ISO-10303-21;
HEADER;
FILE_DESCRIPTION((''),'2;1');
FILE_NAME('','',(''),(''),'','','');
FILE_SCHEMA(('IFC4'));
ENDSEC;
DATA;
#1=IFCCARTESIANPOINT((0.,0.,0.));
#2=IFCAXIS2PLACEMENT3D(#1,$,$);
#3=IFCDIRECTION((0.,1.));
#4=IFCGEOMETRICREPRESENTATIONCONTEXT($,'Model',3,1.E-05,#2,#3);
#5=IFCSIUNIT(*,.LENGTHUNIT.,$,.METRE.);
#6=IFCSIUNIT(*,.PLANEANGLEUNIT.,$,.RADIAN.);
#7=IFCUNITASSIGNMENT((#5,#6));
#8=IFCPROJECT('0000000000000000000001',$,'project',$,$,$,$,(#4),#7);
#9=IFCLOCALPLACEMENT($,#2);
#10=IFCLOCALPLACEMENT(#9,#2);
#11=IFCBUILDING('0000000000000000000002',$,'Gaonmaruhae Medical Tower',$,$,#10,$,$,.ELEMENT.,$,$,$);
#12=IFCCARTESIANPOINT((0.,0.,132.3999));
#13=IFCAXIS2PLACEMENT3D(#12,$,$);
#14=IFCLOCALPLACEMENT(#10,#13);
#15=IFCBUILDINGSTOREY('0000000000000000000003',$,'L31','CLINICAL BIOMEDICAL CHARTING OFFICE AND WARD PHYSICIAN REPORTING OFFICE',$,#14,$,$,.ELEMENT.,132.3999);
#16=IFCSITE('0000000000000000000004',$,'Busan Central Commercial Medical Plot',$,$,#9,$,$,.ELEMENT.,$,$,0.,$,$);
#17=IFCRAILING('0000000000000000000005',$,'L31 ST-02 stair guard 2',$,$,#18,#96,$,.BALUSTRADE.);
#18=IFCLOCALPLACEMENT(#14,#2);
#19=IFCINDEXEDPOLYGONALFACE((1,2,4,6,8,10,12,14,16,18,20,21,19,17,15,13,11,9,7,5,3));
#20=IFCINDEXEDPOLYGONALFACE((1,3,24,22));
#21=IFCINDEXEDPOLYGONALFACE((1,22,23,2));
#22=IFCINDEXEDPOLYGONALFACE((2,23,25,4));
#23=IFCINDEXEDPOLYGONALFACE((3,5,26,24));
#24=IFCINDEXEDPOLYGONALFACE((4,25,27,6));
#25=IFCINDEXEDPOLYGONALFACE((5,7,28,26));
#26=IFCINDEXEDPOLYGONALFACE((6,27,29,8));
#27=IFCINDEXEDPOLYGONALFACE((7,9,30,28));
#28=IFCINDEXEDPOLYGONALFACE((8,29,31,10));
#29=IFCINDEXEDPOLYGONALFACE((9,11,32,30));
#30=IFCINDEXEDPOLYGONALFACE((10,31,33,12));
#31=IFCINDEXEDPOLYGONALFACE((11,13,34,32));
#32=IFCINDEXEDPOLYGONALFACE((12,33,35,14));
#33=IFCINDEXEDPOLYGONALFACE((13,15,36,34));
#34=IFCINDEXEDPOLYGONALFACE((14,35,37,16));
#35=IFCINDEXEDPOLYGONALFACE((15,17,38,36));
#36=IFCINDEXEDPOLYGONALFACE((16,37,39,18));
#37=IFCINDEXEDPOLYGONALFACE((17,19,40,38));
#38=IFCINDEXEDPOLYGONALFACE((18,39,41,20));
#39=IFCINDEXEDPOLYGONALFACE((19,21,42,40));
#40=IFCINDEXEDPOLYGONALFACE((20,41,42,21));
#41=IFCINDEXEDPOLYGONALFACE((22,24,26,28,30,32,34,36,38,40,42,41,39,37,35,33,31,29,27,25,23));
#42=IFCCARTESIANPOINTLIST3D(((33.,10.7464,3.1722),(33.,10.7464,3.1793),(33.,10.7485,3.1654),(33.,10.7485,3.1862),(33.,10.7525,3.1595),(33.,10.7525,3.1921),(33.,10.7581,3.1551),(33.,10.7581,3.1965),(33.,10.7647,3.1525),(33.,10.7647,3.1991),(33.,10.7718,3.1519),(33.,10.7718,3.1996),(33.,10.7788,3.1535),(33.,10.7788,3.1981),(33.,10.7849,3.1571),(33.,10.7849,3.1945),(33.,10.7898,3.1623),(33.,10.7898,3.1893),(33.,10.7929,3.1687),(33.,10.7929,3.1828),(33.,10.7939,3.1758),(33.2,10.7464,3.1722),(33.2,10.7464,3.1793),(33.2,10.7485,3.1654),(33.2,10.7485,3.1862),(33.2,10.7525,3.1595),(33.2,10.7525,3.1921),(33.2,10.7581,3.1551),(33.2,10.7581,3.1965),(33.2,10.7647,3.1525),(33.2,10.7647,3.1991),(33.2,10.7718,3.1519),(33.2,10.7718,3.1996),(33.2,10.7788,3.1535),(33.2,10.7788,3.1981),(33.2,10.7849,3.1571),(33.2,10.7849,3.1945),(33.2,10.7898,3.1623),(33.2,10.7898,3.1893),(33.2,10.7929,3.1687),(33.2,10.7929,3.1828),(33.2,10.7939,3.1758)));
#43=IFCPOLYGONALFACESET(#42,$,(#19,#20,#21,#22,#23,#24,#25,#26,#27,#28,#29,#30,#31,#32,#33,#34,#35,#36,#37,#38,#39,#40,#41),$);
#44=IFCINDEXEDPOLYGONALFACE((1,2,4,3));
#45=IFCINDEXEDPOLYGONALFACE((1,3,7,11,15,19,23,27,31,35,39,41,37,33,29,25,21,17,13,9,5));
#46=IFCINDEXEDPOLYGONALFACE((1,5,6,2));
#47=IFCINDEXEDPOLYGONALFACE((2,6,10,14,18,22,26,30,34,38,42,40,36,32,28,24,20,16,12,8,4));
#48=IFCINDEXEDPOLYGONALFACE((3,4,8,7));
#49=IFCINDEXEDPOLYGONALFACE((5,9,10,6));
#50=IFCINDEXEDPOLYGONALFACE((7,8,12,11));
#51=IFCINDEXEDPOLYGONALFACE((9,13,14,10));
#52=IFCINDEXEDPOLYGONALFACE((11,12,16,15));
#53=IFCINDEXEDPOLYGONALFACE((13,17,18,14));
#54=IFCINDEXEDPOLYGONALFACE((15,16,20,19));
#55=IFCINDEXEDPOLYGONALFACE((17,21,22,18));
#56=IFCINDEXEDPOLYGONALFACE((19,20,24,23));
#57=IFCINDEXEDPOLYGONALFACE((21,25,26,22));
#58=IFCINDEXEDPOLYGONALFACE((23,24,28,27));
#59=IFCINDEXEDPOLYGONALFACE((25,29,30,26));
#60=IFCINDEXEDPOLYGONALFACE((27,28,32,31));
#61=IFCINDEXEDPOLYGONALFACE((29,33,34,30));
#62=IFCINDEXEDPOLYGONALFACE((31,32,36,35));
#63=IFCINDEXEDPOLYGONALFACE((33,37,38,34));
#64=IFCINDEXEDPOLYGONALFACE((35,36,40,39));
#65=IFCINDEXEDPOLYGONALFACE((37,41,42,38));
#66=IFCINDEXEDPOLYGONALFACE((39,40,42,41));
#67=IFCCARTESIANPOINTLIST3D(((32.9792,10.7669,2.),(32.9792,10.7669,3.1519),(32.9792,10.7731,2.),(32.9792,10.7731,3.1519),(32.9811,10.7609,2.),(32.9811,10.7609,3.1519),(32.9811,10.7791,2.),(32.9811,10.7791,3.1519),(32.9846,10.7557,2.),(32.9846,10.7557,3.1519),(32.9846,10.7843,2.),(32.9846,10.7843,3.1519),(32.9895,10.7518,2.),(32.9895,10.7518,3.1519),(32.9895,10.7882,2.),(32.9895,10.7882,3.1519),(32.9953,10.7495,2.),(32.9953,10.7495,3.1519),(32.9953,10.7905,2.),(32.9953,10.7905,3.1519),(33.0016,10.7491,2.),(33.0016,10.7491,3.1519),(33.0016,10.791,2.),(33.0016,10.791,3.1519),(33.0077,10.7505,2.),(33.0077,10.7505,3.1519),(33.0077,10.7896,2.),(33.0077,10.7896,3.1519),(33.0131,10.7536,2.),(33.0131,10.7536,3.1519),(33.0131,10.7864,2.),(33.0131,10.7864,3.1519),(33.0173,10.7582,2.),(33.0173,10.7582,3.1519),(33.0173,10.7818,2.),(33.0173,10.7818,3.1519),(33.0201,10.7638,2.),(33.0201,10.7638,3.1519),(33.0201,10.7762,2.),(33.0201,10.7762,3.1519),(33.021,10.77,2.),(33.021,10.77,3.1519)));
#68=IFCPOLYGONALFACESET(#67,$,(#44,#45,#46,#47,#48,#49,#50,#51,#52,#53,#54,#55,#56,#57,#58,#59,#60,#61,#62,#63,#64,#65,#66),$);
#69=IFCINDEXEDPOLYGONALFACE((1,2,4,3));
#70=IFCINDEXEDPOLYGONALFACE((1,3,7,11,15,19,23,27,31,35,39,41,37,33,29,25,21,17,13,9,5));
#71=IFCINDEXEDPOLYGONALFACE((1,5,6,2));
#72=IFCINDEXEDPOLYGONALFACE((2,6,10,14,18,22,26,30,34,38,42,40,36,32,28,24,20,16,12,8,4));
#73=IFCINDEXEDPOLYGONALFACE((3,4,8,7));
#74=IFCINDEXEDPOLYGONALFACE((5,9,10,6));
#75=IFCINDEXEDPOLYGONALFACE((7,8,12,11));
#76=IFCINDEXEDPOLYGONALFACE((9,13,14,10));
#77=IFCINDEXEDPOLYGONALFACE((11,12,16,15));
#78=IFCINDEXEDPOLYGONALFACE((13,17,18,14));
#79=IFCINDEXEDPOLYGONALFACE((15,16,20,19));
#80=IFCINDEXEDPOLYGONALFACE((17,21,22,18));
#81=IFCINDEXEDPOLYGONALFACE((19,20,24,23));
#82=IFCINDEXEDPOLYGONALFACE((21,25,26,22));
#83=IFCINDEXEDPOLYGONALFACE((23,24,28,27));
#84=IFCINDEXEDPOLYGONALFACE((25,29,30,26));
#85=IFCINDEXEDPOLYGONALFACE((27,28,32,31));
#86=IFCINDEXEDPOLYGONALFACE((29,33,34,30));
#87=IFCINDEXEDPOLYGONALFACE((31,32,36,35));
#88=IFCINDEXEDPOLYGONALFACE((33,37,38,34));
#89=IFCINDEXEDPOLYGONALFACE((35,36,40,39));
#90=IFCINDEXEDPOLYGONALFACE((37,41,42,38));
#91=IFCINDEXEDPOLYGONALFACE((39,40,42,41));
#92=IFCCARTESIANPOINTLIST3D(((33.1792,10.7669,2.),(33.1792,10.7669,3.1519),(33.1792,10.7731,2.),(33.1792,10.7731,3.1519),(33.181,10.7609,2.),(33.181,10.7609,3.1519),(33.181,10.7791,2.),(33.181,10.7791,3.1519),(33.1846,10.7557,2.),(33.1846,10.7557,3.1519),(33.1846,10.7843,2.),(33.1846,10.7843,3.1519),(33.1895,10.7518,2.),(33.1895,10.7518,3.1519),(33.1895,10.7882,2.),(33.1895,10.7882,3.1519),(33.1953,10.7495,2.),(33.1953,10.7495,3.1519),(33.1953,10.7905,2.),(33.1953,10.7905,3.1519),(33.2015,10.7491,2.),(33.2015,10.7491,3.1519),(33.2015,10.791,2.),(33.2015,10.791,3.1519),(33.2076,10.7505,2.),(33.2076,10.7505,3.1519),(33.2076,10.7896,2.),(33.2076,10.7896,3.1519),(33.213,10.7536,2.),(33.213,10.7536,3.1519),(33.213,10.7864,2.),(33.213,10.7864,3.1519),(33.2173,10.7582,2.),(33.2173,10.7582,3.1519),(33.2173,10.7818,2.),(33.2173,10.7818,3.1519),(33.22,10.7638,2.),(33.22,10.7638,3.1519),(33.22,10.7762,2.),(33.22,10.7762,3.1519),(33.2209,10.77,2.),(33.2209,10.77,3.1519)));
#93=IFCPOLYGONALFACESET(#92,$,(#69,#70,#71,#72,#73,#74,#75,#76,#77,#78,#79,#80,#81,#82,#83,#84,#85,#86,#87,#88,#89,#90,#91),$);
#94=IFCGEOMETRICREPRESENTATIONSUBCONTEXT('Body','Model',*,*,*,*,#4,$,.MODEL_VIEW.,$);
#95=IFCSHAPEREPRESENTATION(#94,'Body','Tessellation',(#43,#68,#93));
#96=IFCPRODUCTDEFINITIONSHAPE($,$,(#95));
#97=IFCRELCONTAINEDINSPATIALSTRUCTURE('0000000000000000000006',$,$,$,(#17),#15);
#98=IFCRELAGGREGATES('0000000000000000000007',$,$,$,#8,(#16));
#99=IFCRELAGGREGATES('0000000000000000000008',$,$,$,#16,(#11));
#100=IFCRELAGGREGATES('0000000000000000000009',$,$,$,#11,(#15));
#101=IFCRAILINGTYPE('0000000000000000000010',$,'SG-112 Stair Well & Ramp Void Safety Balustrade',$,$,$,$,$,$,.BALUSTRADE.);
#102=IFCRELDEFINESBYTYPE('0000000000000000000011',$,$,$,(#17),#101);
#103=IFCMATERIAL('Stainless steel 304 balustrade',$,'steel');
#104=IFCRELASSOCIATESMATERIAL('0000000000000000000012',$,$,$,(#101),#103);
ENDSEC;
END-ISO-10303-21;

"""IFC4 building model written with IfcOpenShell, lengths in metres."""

from ifc_helpers import new_model, si_unit, direction, frame, origin, origin_2d, place, context, subcontext, project, spatial, circle, extrude, material, type_object, element, save


model = new_model("IFC4")

# Units and contexts
model_context = context("Model", 3, precision=1e-05, world=origin(), true_north=direction((0.0, 1.0)))
body_context = subcontext(model_context, "Body", "Model", "MODEL_VIEW")
ifc_project = project(units=[si_unit("LENGTHUNIT", "METRE"), si_unit("PLANEANGLEUNIT", "RADIAN")], contexts=[model_context])

# Site, building, storey
site_placement = place(None, origin())
site = spatial("IfcSite", under=ifc_project, at=site_placement, Name="Busan Central Commercial Medical Plot", CompositionType="ELEMENT", RefElevation=0.0)
building_placement = place(site_placement, origin())
building = spatial("IfcBuilding", under=site, at=building_placement, Name="Gaonmaruhae Medical Tower", CompositionType="ELEMENT")
storey_placement = place(building_placement, frame((0.0, 0.0, 132.3999)))
storey = spatial("IfcBuildingStorey", under=building, at=storey_placement, Name="L31", Description="CLINICAL BIOMEDICAL CHARTING OFFICE AND WARD PHYSICIAN REPORTING OFFICE", CompositionType="ELEMENT", Elevation=132.3999)

# Railing
ifc_material_1 = material(Name="Stainless steel 304 balustrade", Category="steel")
railing_type_1 = type_object("IfcRailingType", Name="SG-112 Stair Well & Ramp Void Safety Balustrade", PredefinedType="BALUSTRADE", material=ifc_material_1)
railing_1_placement = place(storey_placement, frame((33.0, 10.77, 2.0)))
element("IfcRailing", 1, at=railing_1_placement, inside=storey, type_object=railing_type_1, Name="L31 ST-02 stair guard 2", PredefinedType="BALUSTRADE", context=body_context, shape_type="SweptSolid", body=[
    extrude(circle(Radius=0.0239, at=origin_2d()), frame((0.0, 0.0, 1.1758), z_axis=(1.0, 0.0, 0.0), x_axis=(0.0, 1.0, 0.0)), (0.0, 0.0, 1.0), 0.2),
    extrude(circle(Radius=0.021, at=origin_2d()), origin(), (0.0, 0.0, 1.0), 1.1519),
    extrude(circle(Radius=0.021, at=origin_2d()), frame((0.2, 0.0, 0.0)), (0.0, 0.0, 1.0), 1.1519),
])

save(model, "model.ifc")
